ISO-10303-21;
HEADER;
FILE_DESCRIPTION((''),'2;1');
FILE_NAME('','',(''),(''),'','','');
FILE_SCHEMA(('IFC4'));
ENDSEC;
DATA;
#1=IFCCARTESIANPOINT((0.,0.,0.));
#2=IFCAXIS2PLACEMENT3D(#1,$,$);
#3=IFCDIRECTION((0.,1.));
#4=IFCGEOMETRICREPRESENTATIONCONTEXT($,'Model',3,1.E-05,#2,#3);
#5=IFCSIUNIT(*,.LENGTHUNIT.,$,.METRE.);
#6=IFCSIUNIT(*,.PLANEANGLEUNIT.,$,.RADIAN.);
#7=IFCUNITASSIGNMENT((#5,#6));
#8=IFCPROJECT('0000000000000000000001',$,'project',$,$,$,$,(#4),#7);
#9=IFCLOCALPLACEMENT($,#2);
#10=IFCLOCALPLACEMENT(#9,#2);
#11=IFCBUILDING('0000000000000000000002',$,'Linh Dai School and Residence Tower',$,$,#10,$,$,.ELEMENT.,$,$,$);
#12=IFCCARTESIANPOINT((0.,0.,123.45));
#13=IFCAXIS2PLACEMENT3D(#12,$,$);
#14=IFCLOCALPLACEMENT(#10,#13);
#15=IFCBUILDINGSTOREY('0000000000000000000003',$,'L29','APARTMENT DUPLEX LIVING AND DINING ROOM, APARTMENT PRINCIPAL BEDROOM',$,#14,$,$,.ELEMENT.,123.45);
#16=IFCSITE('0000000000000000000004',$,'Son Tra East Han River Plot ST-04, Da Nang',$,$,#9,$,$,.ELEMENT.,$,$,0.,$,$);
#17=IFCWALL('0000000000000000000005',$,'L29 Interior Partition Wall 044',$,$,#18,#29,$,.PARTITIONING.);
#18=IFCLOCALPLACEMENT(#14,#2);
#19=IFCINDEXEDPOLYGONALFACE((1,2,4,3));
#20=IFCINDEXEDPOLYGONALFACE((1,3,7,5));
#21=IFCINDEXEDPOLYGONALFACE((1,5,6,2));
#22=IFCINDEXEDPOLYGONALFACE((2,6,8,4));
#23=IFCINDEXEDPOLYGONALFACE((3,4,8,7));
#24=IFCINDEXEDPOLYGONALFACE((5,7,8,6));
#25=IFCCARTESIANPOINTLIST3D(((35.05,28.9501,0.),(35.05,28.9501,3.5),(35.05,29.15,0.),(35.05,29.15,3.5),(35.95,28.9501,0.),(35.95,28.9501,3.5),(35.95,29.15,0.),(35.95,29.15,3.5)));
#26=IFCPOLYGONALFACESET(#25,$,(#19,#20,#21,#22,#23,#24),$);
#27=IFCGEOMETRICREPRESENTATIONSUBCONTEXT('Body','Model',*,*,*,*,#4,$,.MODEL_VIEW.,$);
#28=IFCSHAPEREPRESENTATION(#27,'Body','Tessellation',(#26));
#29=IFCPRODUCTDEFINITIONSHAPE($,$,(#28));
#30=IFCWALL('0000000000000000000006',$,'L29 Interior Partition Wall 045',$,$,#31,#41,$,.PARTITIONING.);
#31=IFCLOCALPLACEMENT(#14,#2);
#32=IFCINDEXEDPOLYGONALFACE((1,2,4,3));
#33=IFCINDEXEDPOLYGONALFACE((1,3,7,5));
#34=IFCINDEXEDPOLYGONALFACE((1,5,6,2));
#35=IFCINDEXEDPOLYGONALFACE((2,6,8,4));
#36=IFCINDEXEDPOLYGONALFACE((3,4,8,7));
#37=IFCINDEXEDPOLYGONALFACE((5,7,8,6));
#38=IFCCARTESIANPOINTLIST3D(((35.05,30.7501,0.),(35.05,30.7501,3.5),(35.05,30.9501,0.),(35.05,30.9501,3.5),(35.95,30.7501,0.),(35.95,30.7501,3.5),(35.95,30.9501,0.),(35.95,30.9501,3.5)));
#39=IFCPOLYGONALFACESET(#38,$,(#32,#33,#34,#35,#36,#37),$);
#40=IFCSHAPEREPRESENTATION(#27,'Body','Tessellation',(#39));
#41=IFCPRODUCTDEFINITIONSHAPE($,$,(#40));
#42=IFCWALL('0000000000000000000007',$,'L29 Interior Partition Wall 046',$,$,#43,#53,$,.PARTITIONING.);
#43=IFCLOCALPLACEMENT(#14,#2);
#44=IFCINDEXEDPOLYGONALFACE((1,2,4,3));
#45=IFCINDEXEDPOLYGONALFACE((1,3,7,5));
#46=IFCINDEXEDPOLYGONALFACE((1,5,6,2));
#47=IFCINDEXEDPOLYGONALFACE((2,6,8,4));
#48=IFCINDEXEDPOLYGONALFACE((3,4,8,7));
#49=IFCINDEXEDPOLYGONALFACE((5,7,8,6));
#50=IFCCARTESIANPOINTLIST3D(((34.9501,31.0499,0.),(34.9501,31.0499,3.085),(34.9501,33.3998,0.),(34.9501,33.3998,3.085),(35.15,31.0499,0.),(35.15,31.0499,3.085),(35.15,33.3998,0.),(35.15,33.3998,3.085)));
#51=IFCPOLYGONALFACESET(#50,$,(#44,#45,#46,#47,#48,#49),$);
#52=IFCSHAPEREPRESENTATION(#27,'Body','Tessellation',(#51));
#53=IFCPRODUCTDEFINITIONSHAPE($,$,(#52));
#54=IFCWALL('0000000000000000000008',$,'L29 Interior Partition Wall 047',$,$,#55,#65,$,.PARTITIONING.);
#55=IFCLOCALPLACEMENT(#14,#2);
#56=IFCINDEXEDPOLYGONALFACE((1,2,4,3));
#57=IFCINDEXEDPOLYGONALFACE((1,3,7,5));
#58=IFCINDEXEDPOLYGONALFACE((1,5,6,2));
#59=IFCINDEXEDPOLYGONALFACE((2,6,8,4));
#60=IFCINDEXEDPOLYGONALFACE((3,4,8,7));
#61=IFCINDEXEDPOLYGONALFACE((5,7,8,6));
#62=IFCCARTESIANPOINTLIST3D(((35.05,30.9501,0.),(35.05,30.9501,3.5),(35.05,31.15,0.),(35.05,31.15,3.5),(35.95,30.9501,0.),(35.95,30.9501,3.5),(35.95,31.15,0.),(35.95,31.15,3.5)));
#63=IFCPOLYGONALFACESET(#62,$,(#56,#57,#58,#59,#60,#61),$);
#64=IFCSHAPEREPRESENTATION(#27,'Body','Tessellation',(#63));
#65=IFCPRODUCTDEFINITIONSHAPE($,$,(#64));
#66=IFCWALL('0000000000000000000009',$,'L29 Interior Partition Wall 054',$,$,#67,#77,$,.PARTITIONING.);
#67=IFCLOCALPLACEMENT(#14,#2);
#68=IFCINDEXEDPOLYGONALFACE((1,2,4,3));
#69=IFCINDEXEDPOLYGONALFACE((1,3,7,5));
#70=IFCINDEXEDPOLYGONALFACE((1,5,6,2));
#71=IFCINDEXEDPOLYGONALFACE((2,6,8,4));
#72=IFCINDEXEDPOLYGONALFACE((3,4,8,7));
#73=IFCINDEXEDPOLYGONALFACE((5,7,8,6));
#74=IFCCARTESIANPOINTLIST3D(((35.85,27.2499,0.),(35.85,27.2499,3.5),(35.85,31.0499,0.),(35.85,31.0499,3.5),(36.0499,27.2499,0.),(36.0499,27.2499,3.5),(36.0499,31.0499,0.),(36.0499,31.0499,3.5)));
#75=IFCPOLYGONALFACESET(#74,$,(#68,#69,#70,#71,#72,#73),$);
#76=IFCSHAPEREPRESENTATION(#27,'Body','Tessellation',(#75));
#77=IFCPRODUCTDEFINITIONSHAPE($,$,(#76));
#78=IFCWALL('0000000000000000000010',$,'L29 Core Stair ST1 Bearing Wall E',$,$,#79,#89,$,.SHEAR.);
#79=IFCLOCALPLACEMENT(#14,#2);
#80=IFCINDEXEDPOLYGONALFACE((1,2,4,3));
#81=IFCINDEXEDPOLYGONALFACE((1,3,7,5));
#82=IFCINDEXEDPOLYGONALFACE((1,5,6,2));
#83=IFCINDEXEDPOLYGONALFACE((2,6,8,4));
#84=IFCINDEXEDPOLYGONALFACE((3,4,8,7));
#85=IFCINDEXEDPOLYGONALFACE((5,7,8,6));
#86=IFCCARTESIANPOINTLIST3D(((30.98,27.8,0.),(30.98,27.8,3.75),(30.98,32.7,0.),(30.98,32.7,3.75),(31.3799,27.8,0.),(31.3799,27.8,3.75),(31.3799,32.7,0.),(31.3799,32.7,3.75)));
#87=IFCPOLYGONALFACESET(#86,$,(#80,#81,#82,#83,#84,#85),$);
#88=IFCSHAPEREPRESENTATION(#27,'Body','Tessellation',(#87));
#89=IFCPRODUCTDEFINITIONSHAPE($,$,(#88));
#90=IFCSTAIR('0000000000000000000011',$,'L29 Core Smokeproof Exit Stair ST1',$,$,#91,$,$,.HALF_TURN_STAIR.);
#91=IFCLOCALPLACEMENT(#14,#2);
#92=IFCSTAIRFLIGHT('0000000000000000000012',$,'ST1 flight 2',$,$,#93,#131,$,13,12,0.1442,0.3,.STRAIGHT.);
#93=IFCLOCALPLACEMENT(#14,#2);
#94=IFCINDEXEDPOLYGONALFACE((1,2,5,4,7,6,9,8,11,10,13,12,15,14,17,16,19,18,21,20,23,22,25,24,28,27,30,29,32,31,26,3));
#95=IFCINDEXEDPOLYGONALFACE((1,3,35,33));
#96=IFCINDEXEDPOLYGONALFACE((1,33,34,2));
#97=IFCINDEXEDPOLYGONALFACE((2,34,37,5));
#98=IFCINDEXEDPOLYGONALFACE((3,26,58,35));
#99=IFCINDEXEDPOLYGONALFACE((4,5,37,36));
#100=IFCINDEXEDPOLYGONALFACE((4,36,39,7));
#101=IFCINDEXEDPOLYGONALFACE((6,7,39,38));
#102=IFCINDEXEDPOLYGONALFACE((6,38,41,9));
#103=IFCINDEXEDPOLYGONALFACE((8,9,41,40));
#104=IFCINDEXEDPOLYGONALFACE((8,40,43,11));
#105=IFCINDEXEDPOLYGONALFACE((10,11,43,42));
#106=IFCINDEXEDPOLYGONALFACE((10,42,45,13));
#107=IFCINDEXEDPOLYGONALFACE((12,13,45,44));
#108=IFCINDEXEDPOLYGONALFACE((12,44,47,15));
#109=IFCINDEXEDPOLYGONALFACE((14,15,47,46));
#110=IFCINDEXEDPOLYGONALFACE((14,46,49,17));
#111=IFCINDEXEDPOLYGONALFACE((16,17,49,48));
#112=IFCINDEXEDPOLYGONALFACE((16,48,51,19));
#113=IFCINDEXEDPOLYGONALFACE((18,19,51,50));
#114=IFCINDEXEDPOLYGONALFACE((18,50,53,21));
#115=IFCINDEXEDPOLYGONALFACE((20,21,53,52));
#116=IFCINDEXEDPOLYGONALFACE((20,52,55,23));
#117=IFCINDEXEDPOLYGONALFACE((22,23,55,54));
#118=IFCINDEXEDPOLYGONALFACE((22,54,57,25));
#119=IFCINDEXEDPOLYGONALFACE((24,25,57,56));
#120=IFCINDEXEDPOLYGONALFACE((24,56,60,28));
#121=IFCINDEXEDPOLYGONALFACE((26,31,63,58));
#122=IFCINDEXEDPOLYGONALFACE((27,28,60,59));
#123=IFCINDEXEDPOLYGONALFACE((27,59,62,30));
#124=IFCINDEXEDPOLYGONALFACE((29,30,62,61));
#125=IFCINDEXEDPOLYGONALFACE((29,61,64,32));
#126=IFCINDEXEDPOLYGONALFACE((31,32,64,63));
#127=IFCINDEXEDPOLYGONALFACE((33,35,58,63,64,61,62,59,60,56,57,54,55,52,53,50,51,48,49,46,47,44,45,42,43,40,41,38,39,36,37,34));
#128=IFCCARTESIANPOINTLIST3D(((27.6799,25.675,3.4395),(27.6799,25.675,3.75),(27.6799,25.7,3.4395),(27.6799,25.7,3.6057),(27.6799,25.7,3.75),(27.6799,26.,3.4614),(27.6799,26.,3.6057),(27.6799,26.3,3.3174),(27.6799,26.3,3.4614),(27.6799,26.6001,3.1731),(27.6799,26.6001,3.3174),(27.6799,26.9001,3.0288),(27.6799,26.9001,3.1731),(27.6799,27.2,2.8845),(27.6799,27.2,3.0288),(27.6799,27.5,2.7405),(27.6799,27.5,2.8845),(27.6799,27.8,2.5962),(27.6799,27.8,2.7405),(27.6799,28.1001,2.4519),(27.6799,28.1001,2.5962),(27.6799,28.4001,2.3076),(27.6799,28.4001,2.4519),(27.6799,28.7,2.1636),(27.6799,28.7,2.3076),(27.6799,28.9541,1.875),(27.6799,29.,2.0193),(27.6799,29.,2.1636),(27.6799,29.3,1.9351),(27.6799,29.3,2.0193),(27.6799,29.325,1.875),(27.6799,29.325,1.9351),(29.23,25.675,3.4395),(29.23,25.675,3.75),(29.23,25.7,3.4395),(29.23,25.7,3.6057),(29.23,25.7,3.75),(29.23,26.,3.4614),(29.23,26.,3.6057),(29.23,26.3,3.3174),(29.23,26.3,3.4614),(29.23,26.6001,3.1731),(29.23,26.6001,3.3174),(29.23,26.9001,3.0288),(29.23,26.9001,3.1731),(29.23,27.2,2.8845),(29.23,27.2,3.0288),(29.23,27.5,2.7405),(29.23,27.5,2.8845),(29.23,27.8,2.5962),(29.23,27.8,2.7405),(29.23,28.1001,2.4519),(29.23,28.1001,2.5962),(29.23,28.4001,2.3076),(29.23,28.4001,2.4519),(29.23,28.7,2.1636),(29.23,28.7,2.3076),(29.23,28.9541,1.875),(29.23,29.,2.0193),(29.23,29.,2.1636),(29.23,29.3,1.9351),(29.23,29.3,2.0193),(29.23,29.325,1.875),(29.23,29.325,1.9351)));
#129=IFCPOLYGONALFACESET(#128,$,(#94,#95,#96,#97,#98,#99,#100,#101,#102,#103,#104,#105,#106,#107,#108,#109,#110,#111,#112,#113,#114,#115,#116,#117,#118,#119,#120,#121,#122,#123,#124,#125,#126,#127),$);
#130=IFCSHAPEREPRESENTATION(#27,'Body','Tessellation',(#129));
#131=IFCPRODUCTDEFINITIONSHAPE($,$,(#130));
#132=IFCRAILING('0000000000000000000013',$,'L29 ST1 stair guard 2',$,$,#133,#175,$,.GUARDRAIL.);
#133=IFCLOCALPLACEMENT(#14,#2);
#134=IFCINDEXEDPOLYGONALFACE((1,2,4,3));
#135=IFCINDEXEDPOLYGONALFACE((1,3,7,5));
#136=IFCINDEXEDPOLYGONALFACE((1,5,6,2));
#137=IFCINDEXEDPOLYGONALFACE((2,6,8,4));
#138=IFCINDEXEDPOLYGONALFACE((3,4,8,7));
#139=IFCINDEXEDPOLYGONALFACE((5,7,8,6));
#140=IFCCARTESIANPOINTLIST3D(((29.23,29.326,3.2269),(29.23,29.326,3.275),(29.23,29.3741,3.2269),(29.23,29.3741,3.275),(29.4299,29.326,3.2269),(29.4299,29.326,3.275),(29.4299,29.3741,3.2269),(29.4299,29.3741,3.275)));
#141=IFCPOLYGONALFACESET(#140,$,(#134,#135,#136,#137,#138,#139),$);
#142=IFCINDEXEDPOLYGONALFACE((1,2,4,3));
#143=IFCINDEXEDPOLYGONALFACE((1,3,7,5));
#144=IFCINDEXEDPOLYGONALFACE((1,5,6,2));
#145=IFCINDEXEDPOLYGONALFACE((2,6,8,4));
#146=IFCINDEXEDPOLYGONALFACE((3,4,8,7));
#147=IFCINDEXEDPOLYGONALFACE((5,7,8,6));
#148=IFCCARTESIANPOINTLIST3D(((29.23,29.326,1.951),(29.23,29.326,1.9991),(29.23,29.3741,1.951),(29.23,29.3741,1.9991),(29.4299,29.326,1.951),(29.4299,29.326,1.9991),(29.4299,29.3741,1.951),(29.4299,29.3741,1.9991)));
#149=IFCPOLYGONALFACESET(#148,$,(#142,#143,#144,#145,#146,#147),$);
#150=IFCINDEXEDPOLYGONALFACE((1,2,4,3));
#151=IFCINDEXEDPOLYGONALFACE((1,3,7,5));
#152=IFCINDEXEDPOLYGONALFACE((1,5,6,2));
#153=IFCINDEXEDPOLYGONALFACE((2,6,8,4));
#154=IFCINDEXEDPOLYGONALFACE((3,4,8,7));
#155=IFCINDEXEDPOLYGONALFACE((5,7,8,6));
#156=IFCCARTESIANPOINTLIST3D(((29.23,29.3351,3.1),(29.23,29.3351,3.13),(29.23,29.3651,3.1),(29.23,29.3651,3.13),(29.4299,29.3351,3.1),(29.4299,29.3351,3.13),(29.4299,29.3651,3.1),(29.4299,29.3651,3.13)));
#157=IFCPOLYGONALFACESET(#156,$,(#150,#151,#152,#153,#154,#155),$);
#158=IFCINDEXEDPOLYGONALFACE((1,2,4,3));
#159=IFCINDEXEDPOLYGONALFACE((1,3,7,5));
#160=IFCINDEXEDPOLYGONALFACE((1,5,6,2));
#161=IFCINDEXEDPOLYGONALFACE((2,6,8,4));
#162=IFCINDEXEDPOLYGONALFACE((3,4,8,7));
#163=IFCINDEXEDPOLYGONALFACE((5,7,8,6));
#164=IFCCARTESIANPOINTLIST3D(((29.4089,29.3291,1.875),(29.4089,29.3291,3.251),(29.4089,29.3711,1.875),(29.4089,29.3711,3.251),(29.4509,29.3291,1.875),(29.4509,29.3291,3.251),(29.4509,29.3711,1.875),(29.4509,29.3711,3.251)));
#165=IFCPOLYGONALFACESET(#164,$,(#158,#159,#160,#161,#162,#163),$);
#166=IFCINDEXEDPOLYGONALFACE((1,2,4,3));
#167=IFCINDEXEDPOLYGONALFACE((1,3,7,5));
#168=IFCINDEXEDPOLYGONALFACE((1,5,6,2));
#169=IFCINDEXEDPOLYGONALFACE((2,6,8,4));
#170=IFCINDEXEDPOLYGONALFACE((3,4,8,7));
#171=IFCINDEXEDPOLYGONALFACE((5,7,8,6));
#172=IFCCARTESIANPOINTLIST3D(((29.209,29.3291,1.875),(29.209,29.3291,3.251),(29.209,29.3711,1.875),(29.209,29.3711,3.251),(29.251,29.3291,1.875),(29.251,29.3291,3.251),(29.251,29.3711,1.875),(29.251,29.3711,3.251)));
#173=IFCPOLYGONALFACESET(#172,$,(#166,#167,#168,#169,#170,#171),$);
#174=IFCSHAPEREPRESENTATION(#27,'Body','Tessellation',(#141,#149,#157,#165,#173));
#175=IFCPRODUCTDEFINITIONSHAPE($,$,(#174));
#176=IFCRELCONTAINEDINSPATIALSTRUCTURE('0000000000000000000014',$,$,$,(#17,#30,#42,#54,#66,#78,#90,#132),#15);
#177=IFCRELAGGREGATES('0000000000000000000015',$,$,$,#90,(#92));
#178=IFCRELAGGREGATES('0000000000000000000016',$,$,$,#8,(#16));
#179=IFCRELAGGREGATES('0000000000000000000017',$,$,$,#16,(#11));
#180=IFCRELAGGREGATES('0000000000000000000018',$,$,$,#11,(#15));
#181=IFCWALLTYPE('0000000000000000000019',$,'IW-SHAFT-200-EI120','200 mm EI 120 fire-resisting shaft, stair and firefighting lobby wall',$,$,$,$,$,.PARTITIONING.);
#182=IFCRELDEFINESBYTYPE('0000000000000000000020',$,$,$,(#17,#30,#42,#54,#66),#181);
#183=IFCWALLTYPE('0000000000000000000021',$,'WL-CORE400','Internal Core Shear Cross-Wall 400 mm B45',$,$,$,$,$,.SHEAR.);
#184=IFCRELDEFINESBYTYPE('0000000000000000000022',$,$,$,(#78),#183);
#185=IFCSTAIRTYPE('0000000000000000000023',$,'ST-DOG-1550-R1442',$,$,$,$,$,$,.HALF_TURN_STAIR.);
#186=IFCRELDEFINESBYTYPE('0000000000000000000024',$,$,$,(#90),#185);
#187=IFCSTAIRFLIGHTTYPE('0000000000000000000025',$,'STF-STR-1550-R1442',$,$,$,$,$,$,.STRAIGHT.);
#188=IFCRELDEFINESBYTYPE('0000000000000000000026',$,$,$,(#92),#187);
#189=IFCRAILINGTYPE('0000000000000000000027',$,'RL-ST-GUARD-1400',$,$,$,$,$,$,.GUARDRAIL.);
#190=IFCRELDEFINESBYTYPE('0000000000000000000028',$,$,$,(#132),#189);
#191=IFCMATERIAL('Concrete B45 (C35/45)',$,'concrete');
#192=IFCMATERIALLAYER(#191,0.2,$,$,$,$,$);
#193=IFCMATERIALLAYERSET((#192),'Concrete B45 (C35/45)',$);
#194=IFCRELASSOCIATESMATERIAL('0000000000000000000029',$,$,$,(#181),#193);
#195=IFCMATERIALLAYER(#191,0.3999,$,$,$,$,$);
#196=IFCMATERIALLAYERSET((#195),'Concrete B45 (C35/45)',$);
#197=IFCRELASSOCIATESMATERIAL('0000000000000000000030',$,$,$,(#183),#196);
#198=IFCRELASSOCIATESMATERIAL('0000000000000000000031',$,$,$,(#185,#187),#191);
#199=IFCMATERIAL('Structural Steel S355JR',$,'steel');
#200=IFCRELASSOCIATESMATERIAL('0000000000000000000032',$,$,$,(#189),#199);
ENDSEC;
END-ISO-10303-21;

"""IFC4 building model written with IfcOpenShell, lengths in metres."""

from ifc_helpers import new_model, si_unit, direction, frame, frame_2d, origin, origin_2d, place, context, subcontext, project, spatial, polyline, rectangle, outline, extrude, source, transform, mapped, material, layer, layer_set, type_object, element, aggregate, save


model = new_model("IFC4")

# Units and contexts
model_context = context("Model", 3, precision=1e-05, world=origin(), true_north=direction((0.0, 1.0)))
body_context = subcontext(model_context, "Body", "Model", "MODEL_VIEW")
ifc_project = project(units=[si_unit("LENGTHUNIT", "METRE"), si_unit("PLANEANGLEUNIT", "RADIAN")], contexts=[model_context])

# Site, building, storey
site_placement = place(None, origin())
site = spatial("IfcSite", under=ifc_project, at=site_placement, Name="Son Tra East Han River Plot ST-04, Da Nang", CompositionType="ELEMENT", RefElevation=0.0)
building_placement = place(site_placement, origin())
building = spatial("IfcBuilding", under=site, at=building_placement, Name="Linh Dai School and Residence Tower", CompositionType="ELEMENT")
storey_placement = place(building_placement, frame((0.0, 0.0, 123.45)))
storey = spatial("IfcBuildingStorey", under=building, at=storey_placement, Name="L29", Description="APARTMENT DUPLEX LIVING AND DINING ROOM, APARTMENT PRINCIPAL BEDROOM", CompositionType="ELEMENT", Elevation=123.45)

# Shared definitions
ifc_material_1 = material(Name="Structural Steel S355JR", Category="steel")

# Shared definitions
ifc_material_2 = material(Name="Concrete B45 (C35/45)", Category="concrete")
ifc_layer_1 = layer(ifc_material_2, 0.2)
ifc_layer_set_1 = layer_set([ifc_layer_1], Name="Concrete B45 (C35/45)")
wall_type_1 = type_object("IfcWallType", Name="IW-SHAFT-200-EI120", Description="200 mm EI 120 fire-resisting shaft, stair and firefighting lobby wall", PredefinedType="PARTITIONING", material=ifc_layer_set_1)

# Walls
for number, where, z_axis, x_axis, name in (
    (1, (35.05, 29.05, 0.0), (0.0, 0.0, 1.0), (1.0, 0.0, 0.0), "L29 Interior Partition Wall 044"),
    (2, (35.05, 30.8501, 0.0), (0.0, 0.0, 1.0), (1.0, 0.0, 0.0), "L29 Interior Partition Wall 045"),
):
    element("IfcWall", number, at=place(storey_placement, frame(where, z_axis=z_axis, x_axis=x_axis)), inside=storey, type_object=wall_type_1, Name=name, PredefinedType="PARTITIONING", context=body_context, shape_type="SweptSolid", body=[
        extrude(rectangle(XDim=0.8999, YDim=0.2, at=frame_2d((0.45, 0.0))), origin(), (0.0, 0.0, 1.0), 3.5),
    ])
wall_1_placement = place(storey_placement, frame((35.05, 31.05, 0.0), z_axis=(0.0, 0.0, 1.0), x_axis=(0.0, 1.0, 0.0)))
element("IfcWall", 3, at=wall_1_placement, inside=storey, type_object=wall_type_1, Name="L29 Interior Partition Wall 046", PredefinedType="PARTITIONING", context=body_context, shape_type="SweptSolid", body=[
    extrude(rectangle(XDim=2.3499, YDim=0.2, at=frame_2d((1.1748, 0.0))), origin(), (0.0, 0.0, 1.0), 3.085),
])
wall_2_placement = place(storey_placement, frame((35.05, 31.05, 0.0), z_axis=(0.0, 0.0, 1.0), x_axis=(1.0, 0.0, 0.0)))
element("IfcWall", 4, at=wall_2_placement, inside=storey, type_object=wall_type_1, Name="L29 Interior Partition Wall 047", PredefinedType="PARTITIONING", context=body_context, shape_type="SweptSolid", body=[
    extrude(rectangle(XDim=0.8999, YDim=0.2, at=frame_2d((0.45, 0.0))), origin(), (0.0, 0.0, 1.0), 3.5),
])
wall_3_placement = place(storey_placement, frame((35.95, 27.25, 0.0), z_axis=(0.0, 0.0, 1.0), x_axis=(0.0, 1.0, 0.0)))
element("IfcWall", 5, at=wall_3_placement, inside=storey, type_object=wall_type_1, Name="L29 Interior Partition Wall 054", PredefinedType="PARTITIONING", context=body_context, shape_type="SweptSolid", body=[
    extrude(rectangle(XDim=3.8, YDim=0.2, at=frame_2d((1.8999, 0.0))), origin(), (0.0, 0.0, 1.0), 3.5),
])
ifc_layer_2 = layer(ifc_material_2, 0.3999)
ifc_layer_set_2 = layer_set([ifc_layer_2], Name="Concrete B45 (C35/45)")
wall_type_2 = type_object("IfcWallType", Name="WL-CORE400", Description="Internal Core Shear Cross-Wall 400 mm B45", PredefinedType="SHEAR", material=ifc_layer_set_2)
wall_4_placement = place(storey_placement, frame((31.1799, 27.8, 0.0), z_axis=(0.0, 0.0, 1.0), x_axis=(0.0, 1.0, 0.0)))
element("IfcWall", 6, at=wall_4_placement, inside=storey, type_object=wall_type_2, Name="L29 Core Stair ST1 Bearing Wall E", PredefinedType="SHEAR", context=body_context, shape_type="SweptSolid", body=[
    extrude(rectangle(XDim=4.8999, YDim=0.3999, at=frame_2d((2.45, 0.0))), origin(), (0.0, 0.0, 1.0), 3.75),
])

# Stair, stair flight
stair_type = type_object("IfcStairType", Name="ST-DOG-1550-R1442", PredefinedType="HALF_TURN_STAIR", material=ifc_material_2)
stair_placement = place(storey_placement, origin())
stair = element("IfcStair", 7, at=stair_placement, inside=storey, type_object=stair_type, Name="L29 Core Smokeproof Exit Stair ST1", PredefinedType="HALF_TURN_STAIR")
stair_flight_type = type_object("IfcStairFlightType", Name="STF-STR-1550-R1442", PredefinedType="STRAIGHT", material=ifc_material_2)
shared_shape_1 = source(origin(), body_context, "Body", "SweptSolid", [
    extrude(outline(polyline([(-0.0249, 0.0), (-0.0249, 0.0601), (0.0, 0.0601), (0.0, 0.1443), (0.3, 0.1443), (0.3, 0.2886), (0.6001, 0.2886), (0.6001, 0.4326), (0.8999, 0.4326), (0.8999, 0.5769), (1.2, 0.5769), (1.2, 0.7212), (1.5, 0.7212), (1.5, 0.8655), (1.8, 0.8655), (1.8, 1.0095), (2.1001, 1.0095), (2.1001, 1.1538), (2.3999, 1.1538), (2.3999, 1.2981), (2.7, 1.2981), (2.7, 1.4424), (3.0, 1.4424), (3.0, 1.5864), (3.3, 1.5864), (3.3, 1.7307), (3.6001, 1.7307), (3.6001, 1.875), (3.625, 1.875), (3.625, 1.5645), (3.6001, 1.5645), (0.3459, 0.0), (-0.0249, 0.0)])), frame((0.0, 0.7749, 0.0), z_axis=(0.0, -1.0, 0.0), x_axis=(1.0, 0.0, 0.0)), (0.0, 0.0, 1.0), 1.55),
])
stair_flight_placement = place(storey_placement, frame((28.4551, 29.3, 1.875), z_axis=(0.0, 0.0, 1.0), x_axis=(0.0, -1.0, 0.0)))
stair_flight = element("IfcStairFlight", 8, at=stair_flight_placement, type_object=stair_flight_type, Name="ST1 flight 2", NumberOfRisers=13, NumberOfTreads=12, PredefinedType="STRAIGHT", RiserHeight=0.1442, TreadLength=0.3, context=body_context, shape_type="MappedRepresentation", body=[
    mapped(shared_shape_1, transform((0.0, 0.0, 0.0), x_axis=(1.0, 0.0, 0.0), y_axis=(0.0, 1.0, 0.0), z_axis=(0.0, 0.0, 1.0), scale=1.0)),
])
aggregate(stair, [stair_flight])

# Railing
railing_type_1 = type_object("IfcRailingType", Name="RL-ST-GUARD-1400", PredefinedType="GUARDRAIL", material=ifc_material_1)
shared_shape_2 = source(origin(), body_context, "Body", "SweptSolid", [
    extrude(rectangle(XDim=0.0481, YDim=0.0481, at=origin_2d()), frame((0.0, 0.0, 1.376), z_axis=(-1.0, 0.0, 0.0), x_axis=(0.0, -1.0, 0.0)), (0.0, 0.0, 1.0), 0.2),
    extrude(rectangle(XDim=0.0481, YDim=0.0481, at=origin_2d()), frame((0.0, 0.0, 0.1001), z_axis=(-1.0, 0.0, 0.0), x_axis=(0.0, -1.0, 0.0)), (0.0, 0.0, 1.0), 0.2),
    extrude(rectangle(XDim=0.03, YDim=0.03, at=origin_2d()), frame((0.0, 0.0, 1.24), z_axis=(-1.0, 0.0, 0.0), x_axis=(0.0, -1.0, 0.0)), (0.0, 0.0, 1.0), 0.2),
    extrude(rectangle(XDim=0.042, YDim=0.042, at=origin_2d()), origin(), (0.0, 0.0, 1.0), 1.376),
    extrude(rectangle(XDim=0.042, YDim=0.042, at=origin_2d()), frame((-0.2, 0.0, 0.0)), (0.0, 0.0, 1.0), 1.376),
])
railing_1_placement = place(storey_placement, frame((29.4299, 29.3501, 1.875)))
element("IfcRailing", 9, at=railing_1_placement, inside=storey, type_object=railing_type_1, Name="L29 ST1 stair guard 2", PredefinedType="GUARDRAIL", context=body_context, shape_type="MappedRepresentation", body=[
    mapped(shared_shape_2, transform((0.0, 0.0, 0.0), x_axis=(1.0, 0.0, 0.0), y_axis=(0.0, 1.0, 0.0), z_axis=(0.0, 0.0, 1.0), scale=1.0)),
])

save(model, "model.ifc")
